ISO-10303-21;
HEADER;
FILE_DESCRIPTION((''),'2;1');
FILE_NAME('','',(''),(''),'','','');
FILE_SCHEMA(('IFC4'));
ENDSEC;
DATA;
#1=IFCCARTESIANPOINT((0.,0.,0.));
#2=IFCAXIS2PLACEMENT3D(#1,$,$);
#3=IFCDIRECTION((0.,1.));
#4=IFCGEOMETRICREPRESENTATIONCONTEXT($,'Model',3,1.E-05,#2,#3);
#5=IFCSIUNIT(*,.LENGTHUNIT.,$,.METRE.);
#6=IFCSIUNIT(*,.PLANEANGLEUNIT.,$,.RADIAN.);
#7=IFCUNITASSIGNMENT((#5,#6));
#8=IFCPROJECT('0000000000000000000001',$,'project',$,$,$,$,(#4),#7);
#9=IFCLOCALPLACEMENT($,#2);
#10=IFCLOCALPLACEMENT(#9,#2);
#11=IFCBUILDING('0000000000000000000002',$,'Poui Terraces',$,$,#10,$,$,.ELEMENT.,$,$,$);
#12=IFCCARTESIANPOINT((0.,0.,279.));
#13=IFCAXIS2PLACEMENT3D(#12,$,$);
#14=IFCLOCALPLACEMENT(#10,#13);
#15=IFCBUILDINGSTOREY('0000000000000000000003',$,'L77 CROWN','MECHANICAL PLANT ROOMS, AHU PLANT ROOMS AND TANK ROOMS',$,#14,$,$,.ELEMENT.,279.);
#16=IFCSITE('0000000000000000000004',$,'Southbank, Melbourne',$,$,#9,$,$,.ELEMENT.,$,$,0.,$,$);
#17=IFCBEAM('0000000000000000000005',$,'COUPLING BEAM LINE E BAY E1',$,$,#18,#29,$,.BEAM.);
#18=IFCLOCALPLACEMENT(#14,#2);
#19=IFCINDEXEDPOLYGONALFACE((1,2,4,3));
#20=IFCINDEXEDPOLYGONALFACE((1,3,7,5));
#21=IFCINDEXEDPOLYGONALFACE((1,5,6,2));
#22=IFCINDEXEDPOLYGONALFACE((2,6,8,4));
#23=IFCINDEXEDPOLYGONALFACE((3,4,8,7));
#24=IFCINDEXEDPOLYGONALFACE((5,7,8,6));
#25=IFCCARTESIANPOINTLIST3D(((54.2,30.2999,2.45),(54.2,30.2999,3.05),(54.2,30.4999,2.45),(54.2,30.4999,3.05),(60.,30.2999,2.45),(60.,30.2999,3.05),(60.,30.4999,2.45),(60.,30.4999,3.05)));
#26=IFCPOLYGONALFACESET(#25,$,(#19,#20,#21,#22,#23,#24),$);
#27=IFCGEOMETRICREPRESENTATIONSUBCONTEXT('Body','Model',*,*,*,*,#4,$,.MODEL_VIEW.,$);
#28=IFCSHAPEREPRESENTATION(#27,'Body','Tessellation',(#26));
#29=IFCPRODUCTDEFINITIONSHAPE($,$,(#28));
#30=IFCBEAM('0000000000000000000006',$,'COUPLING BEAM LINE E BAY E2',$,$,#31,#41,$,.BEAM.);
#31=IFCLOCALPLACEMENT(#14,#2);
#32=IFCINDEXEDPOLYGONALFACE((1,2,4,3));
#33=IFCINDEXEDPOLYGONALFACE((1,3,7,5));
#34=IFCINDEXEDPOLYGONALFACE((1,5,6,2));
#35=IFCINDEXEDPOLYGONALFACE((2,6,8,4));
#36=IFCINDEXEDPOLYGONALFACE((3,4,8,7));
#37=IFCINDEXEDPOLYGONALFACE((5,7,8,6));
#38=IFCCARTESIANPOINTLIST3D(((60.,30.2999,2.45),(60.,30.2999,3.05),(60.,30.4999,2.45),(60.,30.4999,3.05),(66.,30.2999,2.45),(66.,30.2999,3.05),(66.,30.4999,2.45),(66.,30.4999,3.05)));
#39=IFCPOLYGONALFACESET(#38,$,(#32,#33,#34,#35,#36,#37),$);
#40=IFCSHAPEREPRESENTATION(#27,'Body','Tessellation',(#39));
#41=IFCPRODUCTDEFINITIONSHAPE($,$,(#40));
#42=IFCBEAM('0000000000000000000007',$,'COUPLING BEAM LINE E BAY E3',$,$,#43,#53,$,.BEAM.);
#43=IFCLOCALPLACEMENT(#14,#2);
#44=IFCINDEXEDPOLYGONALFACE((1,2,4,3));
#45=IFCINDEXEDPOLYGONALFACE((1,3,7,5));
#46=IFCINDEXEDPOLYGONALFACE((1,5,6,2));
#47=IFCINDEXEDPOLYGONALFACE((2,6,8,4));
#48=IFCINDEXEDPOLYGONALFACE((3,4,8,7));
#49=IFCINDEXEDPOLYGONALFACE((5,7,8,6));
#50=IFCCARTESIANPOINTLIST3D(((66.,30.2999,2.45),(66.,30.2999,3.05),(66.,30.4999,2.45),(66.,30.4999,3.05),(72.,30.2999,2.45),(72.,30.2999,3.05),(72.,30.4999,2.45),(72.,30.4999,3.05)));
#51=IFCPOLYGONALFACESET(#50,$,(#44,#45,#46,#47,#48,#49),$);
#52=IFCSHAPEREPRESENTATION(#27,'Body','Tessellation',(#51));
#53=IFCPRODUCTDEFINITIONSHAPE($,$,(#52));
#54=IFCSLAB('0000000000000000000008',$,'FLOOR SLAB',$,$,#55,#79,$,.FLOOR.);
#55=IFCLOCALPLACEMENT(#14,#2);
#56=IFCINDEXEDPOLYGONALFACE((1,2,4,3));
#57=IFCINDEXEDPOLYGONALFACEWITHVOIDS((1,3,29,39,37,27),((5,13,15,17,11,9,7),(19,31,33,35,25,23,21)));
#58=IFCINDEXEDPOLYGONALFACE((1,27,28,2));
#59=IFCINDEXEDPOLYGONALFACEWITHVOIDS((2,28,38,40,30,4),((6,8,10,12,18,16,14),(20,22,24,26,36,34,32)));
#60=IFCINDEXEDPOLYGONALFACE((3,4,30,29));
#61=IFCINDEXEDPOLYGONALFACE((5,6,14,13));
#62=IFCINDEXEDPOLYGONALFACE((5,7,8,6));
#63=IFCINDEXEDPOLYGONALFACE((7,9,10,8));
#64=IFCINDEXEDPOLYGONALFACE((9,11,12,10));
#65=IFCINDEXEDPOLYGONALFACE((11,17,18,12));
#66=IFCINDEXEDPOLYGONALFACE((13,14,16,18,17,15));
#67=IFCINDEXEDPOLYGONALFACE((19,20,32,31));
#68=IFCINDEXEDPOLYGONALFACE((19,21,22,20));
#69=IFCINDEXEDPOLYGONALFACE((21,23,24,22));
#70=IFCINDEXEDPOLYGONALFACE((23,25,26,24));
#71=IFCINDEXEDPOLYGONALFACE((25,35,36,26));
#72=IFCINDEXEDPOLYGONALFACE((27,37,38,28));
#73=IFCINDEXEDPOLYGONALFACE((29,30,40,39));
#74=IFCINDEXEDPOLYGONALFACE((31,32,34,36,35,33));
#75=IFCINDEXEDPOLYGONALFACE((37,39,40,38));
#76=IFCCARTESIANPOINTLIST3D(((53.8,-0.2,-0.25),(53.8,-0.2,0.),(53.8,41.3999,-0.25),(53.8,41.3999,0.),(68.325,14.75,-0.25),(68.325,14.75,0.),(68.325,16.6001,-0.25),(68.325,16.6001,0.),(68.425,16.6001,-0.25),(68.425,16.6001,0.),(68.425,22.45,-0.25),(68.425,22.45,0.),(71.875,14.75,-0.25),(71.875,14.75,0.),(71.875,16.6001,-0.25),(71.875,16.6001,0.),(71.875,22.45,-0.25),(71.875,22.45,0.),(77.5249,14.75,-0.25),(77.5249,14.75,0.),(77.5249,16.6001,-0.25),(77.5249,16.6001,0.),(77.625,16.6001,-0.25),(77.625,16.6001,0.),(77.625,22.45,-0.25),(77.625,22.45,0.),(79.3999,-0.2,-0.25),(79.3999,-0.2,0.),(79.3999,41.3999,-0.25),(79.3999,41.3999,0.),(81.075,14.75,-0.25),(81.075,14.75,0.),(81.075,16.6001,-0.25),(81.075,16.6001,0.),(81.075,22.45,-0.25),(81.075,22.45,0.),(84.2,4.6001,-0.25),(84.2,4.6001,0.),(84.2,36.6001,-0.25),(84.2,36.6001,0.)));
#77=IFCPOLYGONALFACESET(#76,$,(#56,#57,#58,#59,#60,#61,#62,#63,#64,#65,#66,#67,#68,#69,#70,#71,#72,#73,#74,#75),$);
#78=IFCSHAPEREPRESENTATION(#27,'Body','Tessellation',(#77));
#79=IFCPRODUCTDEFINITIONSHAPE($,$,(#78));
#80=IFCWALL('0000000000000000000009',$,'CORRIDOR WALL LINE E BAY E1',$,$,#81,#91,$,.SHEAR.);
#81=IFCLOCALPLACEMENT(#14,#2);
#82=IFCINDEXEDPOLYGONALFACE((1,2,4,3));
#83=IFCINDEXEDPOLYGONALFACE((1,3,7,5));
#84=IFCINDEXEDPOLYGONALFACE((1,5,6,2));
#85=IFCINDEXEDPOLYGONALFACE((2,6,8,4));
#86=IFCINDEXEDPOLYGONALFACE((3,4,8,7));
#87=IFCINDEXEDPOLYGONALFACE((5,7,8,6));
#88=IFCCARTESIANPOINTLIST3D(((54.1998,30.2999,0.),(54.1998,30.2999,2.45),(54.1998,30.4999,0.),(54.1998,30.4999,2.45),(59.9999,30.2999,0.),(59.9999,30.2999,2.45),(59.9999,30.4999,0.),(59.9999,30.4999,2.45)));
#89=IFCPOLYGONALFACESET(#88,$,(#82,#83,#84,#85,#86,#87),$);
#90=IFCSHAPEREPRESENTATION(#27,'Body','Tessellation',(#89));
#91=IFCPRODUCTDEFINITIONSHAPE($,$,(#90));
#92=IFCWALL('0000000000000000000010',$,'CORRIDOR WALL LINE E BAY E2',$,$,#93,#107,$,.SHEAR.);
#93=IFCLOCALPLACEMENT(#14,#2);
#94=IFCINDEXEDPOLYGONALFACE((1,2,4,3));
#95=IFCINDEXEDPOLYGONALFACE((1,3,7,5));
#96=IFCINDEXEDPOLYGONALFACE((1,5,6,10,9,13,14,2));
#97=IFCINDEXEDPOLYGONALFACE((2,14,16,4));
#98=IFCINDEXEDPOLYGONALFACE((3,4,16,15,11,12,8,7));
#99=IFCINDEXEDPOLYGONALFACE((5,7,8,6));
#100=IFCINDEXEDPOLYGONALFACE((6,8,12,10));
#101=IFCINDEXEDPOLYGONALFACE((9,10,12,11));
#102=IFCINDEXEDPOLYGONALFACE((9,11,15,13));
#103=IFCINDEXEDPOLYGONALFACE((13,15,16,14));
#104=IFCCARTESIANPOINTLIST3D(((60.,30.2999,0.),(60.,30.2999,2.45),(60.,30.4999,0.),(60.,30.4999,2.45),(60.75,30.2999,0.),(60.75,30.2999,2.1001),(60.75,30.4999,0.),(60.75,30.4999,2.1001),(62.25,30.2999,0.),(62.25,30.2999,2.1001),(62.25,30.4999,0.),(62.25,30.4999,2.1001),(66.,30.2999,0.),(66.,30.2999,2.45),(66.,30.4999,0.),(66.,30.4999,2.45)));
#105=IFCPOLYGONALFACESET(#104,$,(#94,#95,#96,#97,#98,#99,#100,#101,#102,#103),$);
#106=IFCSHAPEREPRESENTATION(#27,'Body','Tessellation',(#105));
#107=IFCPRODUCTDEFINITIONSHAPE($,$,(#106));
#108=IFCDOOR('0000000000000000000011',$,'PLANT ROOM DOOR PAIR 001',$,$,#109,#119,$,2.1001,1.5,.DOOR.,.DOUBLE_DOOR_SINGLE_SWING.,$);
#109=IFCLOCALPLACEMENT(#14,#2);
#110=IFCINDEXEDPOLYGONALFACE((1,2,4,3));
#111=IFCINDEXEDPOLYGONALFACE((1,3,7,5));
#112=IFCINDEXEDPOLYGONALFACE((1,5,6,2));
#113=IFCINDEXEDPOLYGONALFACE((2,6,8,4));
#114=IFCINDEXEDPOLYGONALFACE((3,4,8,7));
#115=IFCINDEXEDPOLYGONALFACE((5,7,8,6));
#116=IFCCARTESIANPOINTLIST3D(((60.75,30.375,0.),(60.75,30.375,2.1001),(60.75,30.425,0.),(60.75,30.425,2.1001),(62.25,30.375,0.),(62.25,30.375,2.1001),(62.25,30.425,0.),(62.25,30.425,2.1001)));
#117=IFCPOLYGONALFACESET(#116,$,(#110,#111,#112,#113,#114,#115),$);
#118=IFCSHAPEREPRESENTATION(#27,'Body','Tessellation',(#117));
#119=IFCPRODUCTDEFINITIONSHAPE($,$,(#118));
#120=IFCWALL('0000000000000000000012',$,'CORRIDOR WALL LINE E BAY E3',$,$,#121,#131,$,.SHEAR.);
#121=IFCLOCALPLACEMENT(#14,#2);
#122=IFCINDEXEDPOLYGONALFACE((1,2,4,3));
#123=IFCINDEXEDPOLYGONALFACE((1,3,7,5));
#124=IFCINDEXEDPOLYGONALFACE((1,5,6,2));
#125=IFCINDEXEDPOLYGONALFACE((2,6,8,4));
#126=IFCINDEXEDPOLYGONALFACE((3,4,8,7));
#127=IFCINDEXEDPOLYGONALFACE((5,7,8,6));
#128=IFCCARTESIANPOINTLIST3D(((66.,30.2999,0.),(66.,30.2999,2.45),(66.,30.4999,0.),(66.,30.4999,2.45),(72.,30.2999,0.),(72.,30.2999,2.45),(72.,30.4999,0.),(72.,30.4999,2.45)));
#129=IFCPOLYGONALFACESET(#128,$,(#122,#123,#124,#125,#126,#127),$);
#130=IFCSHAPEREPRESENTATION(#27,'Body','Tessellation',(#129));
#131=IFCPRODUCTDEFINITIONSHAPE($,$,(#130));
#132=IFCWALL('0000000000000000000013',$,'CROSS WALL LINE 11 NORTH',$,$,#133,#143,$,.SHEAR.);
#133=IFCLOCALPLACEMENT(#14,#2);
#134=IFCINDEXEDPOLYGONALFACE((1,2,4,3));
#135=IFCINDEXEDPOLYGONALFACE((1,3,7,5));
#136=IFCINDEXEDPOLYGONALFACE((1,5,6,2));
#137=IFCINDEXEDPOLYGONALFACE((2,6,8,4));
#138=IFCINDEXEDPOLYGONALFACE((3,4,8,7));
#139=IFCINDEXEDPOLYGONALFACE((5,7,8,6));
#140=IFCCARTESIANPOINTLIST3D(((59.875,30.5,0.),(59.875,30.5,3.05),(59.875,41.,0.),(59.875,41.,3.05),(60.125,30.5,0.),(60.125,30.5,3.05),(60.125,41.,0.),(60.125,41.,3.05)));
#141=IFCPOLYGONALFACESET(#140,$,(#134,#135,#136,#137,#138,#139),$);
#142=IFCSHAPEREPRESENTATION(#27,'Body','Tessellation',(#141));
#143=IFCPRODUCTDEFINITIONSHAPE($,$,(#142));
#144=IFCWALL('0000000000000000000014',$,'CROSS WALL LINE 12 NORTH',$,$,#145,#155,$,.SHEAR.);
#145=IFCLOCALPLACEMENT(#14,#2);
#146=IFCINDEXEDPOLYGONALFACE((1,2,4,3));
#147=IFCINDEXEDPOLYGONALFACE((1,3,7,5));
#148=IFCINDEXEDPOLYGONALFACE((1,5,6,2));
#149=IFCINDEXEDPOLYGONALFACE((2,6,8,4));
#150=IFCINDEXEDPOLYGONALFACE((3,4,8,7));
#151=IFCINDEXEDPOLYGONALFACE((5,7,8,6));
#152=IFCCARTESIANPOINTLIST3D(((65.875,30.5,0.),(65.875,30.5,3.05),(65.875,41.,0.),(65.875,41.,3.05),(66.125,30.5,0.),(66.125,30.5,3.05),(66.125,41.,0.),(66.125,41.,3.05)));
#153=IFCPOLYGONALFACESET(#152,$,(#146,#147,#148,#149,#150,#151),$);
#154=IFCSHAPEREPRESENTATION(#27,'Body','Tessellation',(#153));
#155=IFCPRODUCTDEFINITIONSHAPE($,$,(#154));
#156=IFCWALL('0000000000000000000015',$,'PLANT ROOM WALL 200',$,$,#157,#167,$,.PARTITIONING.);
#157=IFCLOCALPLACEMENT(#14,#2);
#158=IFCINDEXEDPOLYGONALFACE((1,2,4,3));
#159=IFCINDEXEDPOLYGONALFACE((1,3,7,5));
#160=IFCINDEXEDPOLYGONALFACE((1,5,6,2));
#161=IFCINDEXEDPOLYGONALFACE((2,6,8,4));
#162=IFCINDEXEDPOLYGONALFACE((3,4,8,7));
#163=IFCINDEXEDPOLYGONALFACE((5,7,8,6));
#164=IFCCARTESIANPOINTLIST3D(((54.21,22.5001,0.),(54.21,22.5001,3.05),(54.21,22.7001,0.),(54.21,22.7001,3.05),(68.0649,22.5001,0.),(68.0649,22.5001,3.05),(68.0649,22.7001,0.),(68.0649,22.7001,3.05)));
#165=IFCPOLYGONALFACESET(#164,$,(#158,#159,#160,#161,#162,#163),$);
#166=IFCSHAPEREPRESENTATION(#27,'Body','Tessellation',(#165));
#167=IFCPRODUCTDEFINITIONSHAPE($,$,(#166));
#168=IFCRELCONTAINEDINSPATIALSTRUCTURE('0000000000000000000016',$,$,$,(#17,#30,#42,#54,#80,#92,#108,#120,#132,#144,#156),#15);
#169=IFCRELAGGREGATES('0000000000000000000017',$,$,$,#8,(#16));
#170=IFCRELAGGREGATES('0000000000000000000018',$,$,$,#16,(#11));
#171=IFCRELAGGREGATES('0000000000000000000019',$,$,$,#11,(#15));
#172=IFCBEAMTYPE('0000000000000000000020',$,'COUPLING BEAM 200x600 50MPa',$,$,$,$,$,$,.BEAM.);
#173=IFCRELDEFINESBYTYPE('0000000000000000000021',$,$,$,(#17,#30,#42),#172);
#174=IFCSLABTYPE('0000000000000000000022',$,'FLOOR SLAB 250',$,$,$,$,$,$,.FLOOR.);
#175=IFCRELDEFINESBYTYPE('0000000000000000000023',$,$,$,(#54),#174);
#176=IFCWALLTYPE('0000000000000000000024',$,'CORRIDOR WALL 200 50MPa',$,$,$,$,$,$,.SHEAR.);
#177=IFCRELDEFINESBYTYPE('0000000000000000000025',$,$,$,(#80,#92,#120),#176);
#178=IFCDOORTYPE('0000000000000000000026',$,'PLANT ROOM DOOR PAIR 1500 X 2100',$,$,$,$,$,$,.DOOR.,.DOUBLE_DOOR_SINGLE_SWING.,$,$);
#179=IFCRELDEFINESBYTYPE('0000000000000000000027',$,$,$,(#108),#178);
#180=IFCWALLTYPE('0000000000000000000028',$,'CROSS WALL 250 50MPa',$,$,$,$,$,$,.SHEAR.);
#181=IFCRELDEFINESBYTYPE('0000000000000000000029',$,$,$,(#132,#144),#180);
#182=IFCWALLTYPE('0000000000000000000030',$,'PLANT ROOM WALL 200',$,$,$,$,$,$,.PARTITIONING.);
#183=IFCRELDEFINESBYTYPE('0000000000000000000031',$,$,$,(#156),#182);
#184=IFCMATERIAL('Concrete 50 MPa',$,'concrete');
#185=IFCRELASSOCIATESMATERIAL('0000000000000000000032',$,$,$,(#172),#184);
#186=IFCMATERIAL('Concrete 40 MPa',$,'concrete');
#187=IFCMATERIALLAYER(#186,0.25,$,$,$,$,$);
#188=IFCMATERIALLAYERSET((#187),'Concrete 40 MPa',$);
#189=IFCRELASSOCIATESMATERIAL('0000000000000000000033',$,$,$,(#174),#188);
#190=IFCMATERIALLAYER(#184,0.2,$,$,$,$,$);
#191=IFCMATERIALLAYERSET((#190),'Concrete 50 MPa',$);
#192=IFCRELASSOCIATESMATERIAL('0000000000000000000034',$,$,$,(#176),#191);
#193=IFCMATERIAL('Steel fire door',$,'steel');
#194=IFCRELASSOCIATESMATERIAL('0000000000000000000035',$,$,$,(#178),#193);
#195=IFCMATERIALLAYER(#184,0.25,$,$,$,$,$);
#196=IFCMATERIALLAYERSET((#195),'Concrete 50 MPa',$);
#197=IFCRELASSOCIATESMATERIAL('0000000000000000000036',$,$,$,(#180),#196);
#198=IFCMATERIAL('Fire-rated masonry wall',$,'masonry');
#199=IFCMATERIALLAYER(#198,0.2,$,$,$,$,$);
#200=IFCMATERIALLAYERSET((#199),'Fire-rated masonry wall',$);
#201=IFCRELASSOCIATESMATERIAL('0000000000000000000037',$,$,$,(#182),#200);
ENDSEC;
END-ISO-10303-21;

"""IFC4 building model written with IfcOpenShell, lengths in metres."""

from ifc_helpers import new_model, si_unit, direction, frame, frame_2d, origin, origin_2d, place, context, subcontext, project, spatial, polyline, rectangle, outline, extrude, source, transform, mapped, material, layer, layer_set, material_profile, profile_set, type_object, element, fill, save


model = new_model("IFC4")

# Units and contexts
model_context = context("Model", 3, precision=1e-05, world=origin(), true_north=direction((0.0, 1.0)))
body_context = subcontext(model_context, "Body", "Model", "MODEL_VIEW")
ifc_project = project(units=[si_unit("LENGTHUNIT", "METRE"), si_unit("PLANEANGLEUNIT", "RADIAN")], contexts=[model_context])

# Site, building, storey
site_placement = place(None, origin())
site = spatial("IfcSite", under=ifc_project, at=site_placement, Name="Southbank, Melbourne", CompositionType="ELEMENT", RefElevation=0.0)
building_placement = place(site_placement, origin())
building = spatial("IfcBuilding", under=site, at=building_placement, Name="Poui Terraces", CompositionType="ELEMENT")
storey_placement = place(building_placement, frame((0.0, 0.0, 279.0)))
storey = spatial("IfcBuildingStorey", under=building, at=storey_placement, Name="L77 CROWN", Description="MECHANICAL PLANT ROOMS, AHU PLANT ROOMS AND TANK ROOMS", CompositionType="ELEMENT", Elevation=279.0)

# Beams
ifc_material_1 = material(Name="Concrete 50 MPa", Category="concrete")
ifc_material_profile_1 = material_profile(ifc_material_1, rectangle(XDim=0.2, YDim=0.6001, at=origin_2d()), Name="RC 200x600")
ifc_profile_set_1 = profile_set([ifc_material_profile_1], Name="Concrete 50 MPa")
beam_type = type_object("IfcBeamType", Name="COUPLING BEAM 200x600 50MPa", PredefinedType="BEAM", material=ifc_profile_set_1)
shared_shape_1 = source(origin(), body_context, "Body", "SweptSolid", [
    extrude(rectangle(XDim=0.2, YDim=0.6001, at=origin_2d()), origin(), (0.0, 0.0, 1.0), 5.8),
])
beam_placement = place(storey_placement, frame((54.2, 30.3999, 2.75), z_axis=(1.0, 0.0, 0.0), x_axis=(0.0, 1.0, 0.0)))
element("IfcBeam", 1, at=beam_placement, inside=storey, type_object=beam_type, Name="COUPLING BEAM LINE E BAY E1", PredefinedType="BEAM", context=body_context, shape_type="MappedRepresentation", body=[
    mapped(shared_shape_1, transform((0.0, 0.0, 0.0))),
])
shared_shape_2 = source(origin(), body_context, "Body", "SweptSolid", [
    extrude(rectangle(XDim=0.2, YDim=0.6001, at=origin_2d()), origin(), (0.0, 0.0, 1.0), 6.0),
])
for number, where, z_axis, x_axis, name in (
    (2, (60.0, 30.3999, 2.75), (1.0, 0.0, 0.0), (0.0, 1.0, 0.0), "COUPLING BEAM LINE E BAY E2"),
    (3, (66.0, 30.3999, 2.75), (1.0, 0.0, 0.0), (0.0, 1.0, 0.0), "COUPLING BEAM LINE E BAY E3"),
):
    element("IfcBeam", number, at=place(storey_placement, frame(where, z_axis=z_axis, x_axis=x_axis)), inside=storey, type_object=beam_type, Name=name, PredefinedType="BEAM", context=body_context, shape_type="MappedRepresentation", body=[
        mapped(shared_shape_2, transform((0.0, 0.0, 0.0))),
    ])

# Slab
ifc_material_2 = material(Name="Concrete 40 MPa", Category="concrete")
ifc_layer_1 = layer(ifc_material_2, 0.25)
ifc_layer_set_1 = layer_set([ifc_layer_1], Name="Concrete 40 MPa")
slab_type = type_object("IfcSlabType", Name="FLOOR SLAB 250", PredefinedType="FLOOR", material=ifc_layer_set_1)
shared_shape_3 = source(origin(), body_context, "Body", "SweptSolid", [
    extrude(outline(polyline([(0.0, 0.0), (0.0, -41.5999), (25.5999, -41.5999), (30.3999, -36.7998), (30.3999, -4.7998), (25.5999, 0.0), (0.0, 0.0)]), holes=[polyline([(14.5249, -24.7998), (14.625, -24.7998), (14.625, -18.95), (18.075, -18.95), (18.075, -24.7998), (18.075, -26.6499), (14.5249, -26.6499), (14.5249, -24.7998)]), polyline([(23.825, -24.7998), (23.825, -18.95), (27.2749, -18.95), (27.2749, -24.7998), (27.2749, -26.6499), (23.7249, -26.6499), (23.7249, -24.7998), (23.825, -24.7998)])]), origin(), (0.0, 0.0, 1.0), 0.25),
])
slab_placement = place(storey_placement, frame((53.8, 41.3999, -0.25)))
element("IfcSlab", 4, at=slab_placement, inside=storey, type_object=slab_type, Name="FLOOR SLAB", PredefinedType="FLOOR", context=body_context, shape_type="MappedRepresentation", body=[
    mapped(shared_shape_3, transform((0.0, 0.0, 0.0))),
])

# Wall
ifc_layer_2 = layer(ifc_material_1, 0.2)
ifc_layer_set_2 = layer_set([ifc_layer_2], Name="Concrete 50 MPa")
wall_type_1 = type_object("IfcWallType", Name="CORRIDOR WALL 200 50MPa", PredefinedType="SHEAR", material=ifc_layer_set_2)
wall_1_placement = place(storey_placement, frame((54.2, 30.3999, 0.0), z_axis=(0.0, 0.0, 1.0), x_axis=(1.0, 0.0, 0.0)))
element("IfcWall", 5, at=wall_1_placement, inside=storey, type_object=wall_type_1, Name="CORRIDOR WALL LINE E BAY E1", PredefinedType="SHEAR", context=body_context, shape_type="SweptSolid", body=[
    extrude(rectangle(XDim=5.8, YDim=0.2, at=frame_2d((2.8999, 0.0))), origin(), (0.0, 0.0, 1.0), 2.45),
])

# Wall, opening, door
wall_2_placement = place(storey_placement, frame((60.0, 30.3999, 0.0), z_axis=(0.0, 0.0, 1.0), x_axis=(1.0, 0.0, 0.0)))
wall_2 = element("IfcWall", 6, at=wall_2_placement, inside=storey, type_object=wall_type_1, Name="CORRIDOR WALL LINE E BAY E2", PredefinedType="SHEAR", context=body_context, shape_type="SweptSolid", body=[
    extrude(rectangle(XDim=6.0, YDim=0.2, at=frame_2d((3.0, 0.0))), origin(), (0.0, 0.0, 1.0), 2.45),
])
opening_1_placement = place(wall_2_placement, frame((0.75, 0.0, 0.0)))
opening_1 = element("IfcOpeningElement", 7, at=opening_1_placement, cuts=wall_2, PredefinedType="OPENING", context=body_context, shape_type="SweptSolid", body=[
    extrude(rectangle(XDim=1.5, YDim=2.1001, at=frame_2d((0.75, 1.05))), frame((0.0, 0.1099, 0.0), z_axis=(0.0, -1.0, 0.0), x_axis=(1.0, 0.0, 0.0)), (0.0, 0.0, 1.0), 0.22),
])
ifc_material_3 = material(Name="Steel fire door", Category="steel")
door_type = type_object("IfcDoorType", Name="PLANT ROOM DOOR PAIR 1500 X 2100", OperationType="DOUBLE_DOOR_SINGLE_SWING", PredefinedType="DOOR", material=ifc_material_3)
door_1_placement = place(opening_1_placement, frame((1.5, 0.0, 0.0), z_axis=(0.0, 0.0, 1.0), x_axis=(-1.0, 0.0, 0.0)))
door_1 = element("IfcDoor", 8, at=door_1_placement, inside=storey, type_object=door_type, Name="PLANT ROOM DOOR PAIR 001", OperationType="DOUBLE_DOOR_SINGLE_SWING", OverallHeight=2.1001, OverallWidth=1.5, PredefinedType="DOOR", context=body_context, shape_type="SweptSolid", body=[
    extrude(rectangle(XDim=1.5, YDim=2.1001, at=frame_2d((0.75, 1.05))), frame((0.0, 0.0249, 0.0), z_axis=(0.0, -1.0, 0.0), x_axis=(1.0, 0.0, 0.0)), (0.0, 0.0, 1.0), 0.05),
])
fill(opening_1, door_1)

# Walls
wall_3_placement = place(storey_placement, frame((66.0, 30.3999, 0.0), z_axis=(0.0, 0.0, 1.0), x_axis=(1.0, 0.0, 0.0)))
element("IfcWall", 9, at=wall_3_placement, inside=storey, type_object=wall_type_1, Name="CORRIDOR WALL LINE E BAY E3", PredefinedType="SHEAR", context=body_context, shape_type="SweptSolid", body=[
    extrude(rectangle(XDim=6.0, YDim=0.2, at=frame_2d((3.0, 0.0))), origin(), (0.0, 0.0, 1.0), 2.45),
])
ifc_layer_3 = layer(ifc_material_1, 0.25)
ifc_layer_set_3 = layer_set([ifc_layer_3], Name="Concrete 50 MPa")
wall_type_2 = type_object("IfcWallType", Name="CROSS WALL 250 50MPa", PredefinedType="SHEAR", material=ifc_layer_set_3)
for number, where, z_axis, x_axis, name in (
    (10, (60.0, 30.5, 0.0), (0.0, 0.0, 1.0), (0.0, 1.0, 0.0), "CROSS WALL LINE 11 NORTH"),
    (11, (66.0, 30.5, 0.0), (0.0, 0.0, 1.0), (0.0, 1.0, 0.0), "CROSS WALL LINE 12 NORTH"),
):
    element("IfcWall", number, at=place(storey_placement, frame(where, z_axis=z_axis, x_axis=x_axis)), inside=storey, type_object=wall_type_2, Name=name, PredefinedType="SHEAR", context=body_context, shape_type="SweptSolid", body=[
        extrude(rectangle(XDim=10.5, YDim=0.25, at=frame_2d((5.25, 0.0))), origin(), (0.0, 0.0, 1.0), 3.05),
    ])
ifc_material_4 = material(Name="Fire-rated masonry wall", Category="masonry")
ifc_layer_4 = layer(ifc_material_4, 0.2)
ifc_layer_set_4 = layer_set([ifc_layer_4], Name="Fire-rated masonry wall")
wall_type_3 = type_object("IfcWallType", Name="PLANT ROOM WALL 200", PredefinedType="PARTITIONING", material=ifc_layer_set_4)
wall_4_placement = place(storey_placement, frame((54.21, 22.6001, 0.0), z_axis=(0.0, 0.0, 1.0), x_axis=(1.0, 0.0, 0.0)))
element("IfcWall", 12, at=wall_4_placement, inside=storey, type_object=wall_type_3, Name="PLANT ROOM WALL 200", PredefinedType="PARTITIONING", context=body_context, shape_type="SweptSolid", body=[
    extrude(rectangle(XDim=13.855, YDim=0.2, at=frame_2d((6.9275, 0.0))), origin(), (0.0, 0.0, 1.0), 3.05),
])

save(model, "model.ifc")
